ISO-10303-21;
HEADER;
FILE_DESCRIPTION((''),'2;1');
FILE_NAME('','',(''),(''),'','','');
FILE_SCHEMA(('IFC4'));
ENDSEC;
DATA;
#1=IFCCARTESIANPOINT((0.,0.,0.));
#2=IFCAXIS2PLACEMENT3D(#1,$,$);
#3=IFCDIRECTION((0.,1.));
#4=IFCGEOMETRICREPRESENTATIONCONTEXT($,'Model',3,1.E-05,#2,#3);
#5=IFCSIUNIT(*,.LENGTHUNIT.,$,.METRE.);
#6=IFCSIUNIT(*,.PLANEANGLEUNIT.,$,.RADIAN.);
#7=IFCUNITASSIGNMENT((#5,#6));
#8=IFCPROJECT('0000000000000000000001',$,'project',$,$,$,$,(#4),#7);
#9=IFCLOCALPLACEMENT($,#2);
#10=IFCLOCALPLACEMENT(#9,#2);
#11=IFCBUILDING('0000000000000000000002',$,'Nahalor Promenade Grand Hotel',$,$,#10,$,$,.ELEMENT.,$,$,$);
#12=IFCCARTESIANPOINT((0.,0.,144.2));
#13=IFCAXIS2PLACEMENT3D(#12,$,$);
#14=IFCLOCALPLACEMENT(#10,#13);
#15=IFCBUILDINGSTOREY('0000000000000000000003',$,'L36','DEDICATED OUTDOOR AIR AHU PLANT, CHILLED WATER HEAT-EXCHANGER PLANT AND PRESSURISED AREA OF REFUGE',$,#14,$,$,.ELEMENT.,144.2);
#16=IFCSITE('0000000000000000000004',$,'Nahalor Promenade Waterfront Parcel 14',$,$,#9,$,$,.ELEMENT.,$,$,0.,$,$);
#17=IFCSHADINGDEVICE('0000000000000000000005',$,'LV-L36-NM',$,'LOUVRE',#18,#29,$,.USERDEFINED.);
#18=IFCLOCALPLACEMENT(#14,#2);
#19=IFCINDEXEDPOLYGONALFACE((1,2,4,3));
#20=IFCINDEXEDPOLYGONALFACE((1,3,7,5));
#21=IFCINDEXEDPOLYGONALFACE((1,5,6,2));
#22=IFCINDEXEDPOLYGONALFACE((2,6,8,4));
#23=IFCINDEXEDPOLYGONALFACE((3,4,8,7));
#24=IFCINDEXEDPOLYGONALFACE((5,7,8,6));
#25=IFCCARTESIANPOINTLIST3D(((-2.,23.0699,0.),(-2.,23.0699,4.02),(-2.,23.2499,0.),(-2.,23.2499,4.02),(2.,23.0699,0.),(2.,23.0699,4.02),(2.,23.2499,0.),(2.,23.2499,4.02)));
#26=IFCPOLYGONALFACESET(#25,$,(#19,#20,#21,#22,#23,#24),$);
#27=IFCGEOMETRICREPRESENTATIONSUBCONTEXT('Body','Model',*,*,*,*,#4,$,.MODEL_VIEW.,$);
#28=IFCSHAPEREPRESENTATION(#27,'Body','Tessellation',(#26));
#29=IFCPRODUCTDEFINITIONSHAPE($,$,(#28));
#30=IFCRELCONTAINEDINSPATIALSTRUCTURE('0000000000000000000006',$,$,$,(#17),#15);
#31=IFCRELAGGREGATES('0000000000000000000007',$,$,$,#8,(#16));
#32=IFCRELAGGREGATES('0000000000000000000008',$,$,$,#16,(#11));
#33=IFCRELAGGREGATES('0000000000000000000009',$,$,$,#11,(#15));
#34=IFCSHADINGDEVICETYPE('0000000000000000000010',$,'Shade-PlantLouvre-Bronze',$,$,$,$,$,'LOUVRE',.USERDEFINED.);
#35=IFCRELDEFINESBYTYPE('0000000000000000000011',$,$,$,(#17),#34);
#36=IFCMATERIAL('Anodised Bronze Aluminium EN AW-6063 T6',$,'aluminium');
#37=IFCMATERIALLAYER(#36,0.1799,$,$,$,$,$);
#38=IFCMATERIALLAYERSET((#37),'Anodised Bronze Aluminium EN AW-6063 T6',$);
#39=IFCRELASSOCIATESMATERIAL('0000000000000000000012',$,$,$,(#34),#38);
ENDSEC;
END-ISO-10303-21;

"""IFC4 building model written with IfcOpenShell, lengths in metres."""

from ifc_helpers import new_model, si_unit, direction, frame, origin, origin_2d, place, context, subcontext, project, spatial, rectangle, extrude, source, transform, mapped, material, layer, layer_set, type_object, element, save


model = new_model("IFC4")

# Units and contexts
model_context = context("Model", 3, precision=1e-05, world=origin(), true_north=direction((0.0, 1.0)))
body_context = subcontext(model_context, "Body", "Model", "MODEL_VIEW")
ifc_project = project(units=[si_unit("LENGTHUNIT", "METRE"), si_unit("PLANEANGLEUNIT", "RADIAN")], contexts=[model_context])

# Site, building, storey
site_placement = place(None, origin())
site = spatial("IfcSite", under=ifc_project, at=site_placement, Name="Nahalor Promenade Waterfront Parcel 14", CompositionType="ELEMENT", RefElevation=0.0)
building_placement = place(site_placement, origin())
building = spatial("IfcBuilding", under=site, at=building_placement, Name="Nahalor Promenade Grand Hotel", CompositionType="ELEMENT")
storey_placement = place(building_placement, frame((0.0, 0.0, 144.2)))
storey = spatial("IfcBuildingStorey", under=building, at=storey_placement, Name="L36", Description="DEDICATED OUTDOOR AIR AHU PLANT, CHILLED WATER HEAT-EXCHANGER PLANT AND PRESSURISED AREA OF REFUGE", CompositionType="ELEMENT", Elevation=144.2)

# Shading device
ifc_material_1 = material(Name="Anodised Bronze Aluminium EN AW-6063 T6", Category="aluminium")
ifc_layer_1 = layer(ifc_material_1, 0.1799)
ifc_layer_set_1 = layer_set([ifc_layer_1], Name="Anodised Bronze Aluminium EN AW-6063 T6")
shading_device_type = type_object("IfcShadingDeviceType", Name="Shade-PlantLouvre-Bronze", ElementType="LOUVRE", PredefinedType="USERDEFINED", material=ifc_layer_set_1)
shared_shape_1 = source(origin(), body_context, "Body", "SweptSolid", [
    extrude(rectangle(XDim=4.0, YDim=0.1799, at=origin_2d()), origin(), (0.0, 0.0, 1.0), 4.02),
])
shading_device_placement = place(storey_placement, frame((0.0, 23.1599, 0.0), z_axis=(0.0, 0.0, 1.0), x_axis=(1.0, 0.0, 0.0)))
element("IfcShadingDevice", 1, at=shading_device_placement, inside=storey, type_object=shading_device_type, Name="LV-L36-NM", ObjectType="LOUVRE", PredefinedType="USERDEFINED", context=body_context, shape_type="MappedRepresentation", body=[
    mapped(shared_shape_1, transform((0.0, 0.0, 0.0), scale=1.0)),
])

save(model, "model.ifc")
